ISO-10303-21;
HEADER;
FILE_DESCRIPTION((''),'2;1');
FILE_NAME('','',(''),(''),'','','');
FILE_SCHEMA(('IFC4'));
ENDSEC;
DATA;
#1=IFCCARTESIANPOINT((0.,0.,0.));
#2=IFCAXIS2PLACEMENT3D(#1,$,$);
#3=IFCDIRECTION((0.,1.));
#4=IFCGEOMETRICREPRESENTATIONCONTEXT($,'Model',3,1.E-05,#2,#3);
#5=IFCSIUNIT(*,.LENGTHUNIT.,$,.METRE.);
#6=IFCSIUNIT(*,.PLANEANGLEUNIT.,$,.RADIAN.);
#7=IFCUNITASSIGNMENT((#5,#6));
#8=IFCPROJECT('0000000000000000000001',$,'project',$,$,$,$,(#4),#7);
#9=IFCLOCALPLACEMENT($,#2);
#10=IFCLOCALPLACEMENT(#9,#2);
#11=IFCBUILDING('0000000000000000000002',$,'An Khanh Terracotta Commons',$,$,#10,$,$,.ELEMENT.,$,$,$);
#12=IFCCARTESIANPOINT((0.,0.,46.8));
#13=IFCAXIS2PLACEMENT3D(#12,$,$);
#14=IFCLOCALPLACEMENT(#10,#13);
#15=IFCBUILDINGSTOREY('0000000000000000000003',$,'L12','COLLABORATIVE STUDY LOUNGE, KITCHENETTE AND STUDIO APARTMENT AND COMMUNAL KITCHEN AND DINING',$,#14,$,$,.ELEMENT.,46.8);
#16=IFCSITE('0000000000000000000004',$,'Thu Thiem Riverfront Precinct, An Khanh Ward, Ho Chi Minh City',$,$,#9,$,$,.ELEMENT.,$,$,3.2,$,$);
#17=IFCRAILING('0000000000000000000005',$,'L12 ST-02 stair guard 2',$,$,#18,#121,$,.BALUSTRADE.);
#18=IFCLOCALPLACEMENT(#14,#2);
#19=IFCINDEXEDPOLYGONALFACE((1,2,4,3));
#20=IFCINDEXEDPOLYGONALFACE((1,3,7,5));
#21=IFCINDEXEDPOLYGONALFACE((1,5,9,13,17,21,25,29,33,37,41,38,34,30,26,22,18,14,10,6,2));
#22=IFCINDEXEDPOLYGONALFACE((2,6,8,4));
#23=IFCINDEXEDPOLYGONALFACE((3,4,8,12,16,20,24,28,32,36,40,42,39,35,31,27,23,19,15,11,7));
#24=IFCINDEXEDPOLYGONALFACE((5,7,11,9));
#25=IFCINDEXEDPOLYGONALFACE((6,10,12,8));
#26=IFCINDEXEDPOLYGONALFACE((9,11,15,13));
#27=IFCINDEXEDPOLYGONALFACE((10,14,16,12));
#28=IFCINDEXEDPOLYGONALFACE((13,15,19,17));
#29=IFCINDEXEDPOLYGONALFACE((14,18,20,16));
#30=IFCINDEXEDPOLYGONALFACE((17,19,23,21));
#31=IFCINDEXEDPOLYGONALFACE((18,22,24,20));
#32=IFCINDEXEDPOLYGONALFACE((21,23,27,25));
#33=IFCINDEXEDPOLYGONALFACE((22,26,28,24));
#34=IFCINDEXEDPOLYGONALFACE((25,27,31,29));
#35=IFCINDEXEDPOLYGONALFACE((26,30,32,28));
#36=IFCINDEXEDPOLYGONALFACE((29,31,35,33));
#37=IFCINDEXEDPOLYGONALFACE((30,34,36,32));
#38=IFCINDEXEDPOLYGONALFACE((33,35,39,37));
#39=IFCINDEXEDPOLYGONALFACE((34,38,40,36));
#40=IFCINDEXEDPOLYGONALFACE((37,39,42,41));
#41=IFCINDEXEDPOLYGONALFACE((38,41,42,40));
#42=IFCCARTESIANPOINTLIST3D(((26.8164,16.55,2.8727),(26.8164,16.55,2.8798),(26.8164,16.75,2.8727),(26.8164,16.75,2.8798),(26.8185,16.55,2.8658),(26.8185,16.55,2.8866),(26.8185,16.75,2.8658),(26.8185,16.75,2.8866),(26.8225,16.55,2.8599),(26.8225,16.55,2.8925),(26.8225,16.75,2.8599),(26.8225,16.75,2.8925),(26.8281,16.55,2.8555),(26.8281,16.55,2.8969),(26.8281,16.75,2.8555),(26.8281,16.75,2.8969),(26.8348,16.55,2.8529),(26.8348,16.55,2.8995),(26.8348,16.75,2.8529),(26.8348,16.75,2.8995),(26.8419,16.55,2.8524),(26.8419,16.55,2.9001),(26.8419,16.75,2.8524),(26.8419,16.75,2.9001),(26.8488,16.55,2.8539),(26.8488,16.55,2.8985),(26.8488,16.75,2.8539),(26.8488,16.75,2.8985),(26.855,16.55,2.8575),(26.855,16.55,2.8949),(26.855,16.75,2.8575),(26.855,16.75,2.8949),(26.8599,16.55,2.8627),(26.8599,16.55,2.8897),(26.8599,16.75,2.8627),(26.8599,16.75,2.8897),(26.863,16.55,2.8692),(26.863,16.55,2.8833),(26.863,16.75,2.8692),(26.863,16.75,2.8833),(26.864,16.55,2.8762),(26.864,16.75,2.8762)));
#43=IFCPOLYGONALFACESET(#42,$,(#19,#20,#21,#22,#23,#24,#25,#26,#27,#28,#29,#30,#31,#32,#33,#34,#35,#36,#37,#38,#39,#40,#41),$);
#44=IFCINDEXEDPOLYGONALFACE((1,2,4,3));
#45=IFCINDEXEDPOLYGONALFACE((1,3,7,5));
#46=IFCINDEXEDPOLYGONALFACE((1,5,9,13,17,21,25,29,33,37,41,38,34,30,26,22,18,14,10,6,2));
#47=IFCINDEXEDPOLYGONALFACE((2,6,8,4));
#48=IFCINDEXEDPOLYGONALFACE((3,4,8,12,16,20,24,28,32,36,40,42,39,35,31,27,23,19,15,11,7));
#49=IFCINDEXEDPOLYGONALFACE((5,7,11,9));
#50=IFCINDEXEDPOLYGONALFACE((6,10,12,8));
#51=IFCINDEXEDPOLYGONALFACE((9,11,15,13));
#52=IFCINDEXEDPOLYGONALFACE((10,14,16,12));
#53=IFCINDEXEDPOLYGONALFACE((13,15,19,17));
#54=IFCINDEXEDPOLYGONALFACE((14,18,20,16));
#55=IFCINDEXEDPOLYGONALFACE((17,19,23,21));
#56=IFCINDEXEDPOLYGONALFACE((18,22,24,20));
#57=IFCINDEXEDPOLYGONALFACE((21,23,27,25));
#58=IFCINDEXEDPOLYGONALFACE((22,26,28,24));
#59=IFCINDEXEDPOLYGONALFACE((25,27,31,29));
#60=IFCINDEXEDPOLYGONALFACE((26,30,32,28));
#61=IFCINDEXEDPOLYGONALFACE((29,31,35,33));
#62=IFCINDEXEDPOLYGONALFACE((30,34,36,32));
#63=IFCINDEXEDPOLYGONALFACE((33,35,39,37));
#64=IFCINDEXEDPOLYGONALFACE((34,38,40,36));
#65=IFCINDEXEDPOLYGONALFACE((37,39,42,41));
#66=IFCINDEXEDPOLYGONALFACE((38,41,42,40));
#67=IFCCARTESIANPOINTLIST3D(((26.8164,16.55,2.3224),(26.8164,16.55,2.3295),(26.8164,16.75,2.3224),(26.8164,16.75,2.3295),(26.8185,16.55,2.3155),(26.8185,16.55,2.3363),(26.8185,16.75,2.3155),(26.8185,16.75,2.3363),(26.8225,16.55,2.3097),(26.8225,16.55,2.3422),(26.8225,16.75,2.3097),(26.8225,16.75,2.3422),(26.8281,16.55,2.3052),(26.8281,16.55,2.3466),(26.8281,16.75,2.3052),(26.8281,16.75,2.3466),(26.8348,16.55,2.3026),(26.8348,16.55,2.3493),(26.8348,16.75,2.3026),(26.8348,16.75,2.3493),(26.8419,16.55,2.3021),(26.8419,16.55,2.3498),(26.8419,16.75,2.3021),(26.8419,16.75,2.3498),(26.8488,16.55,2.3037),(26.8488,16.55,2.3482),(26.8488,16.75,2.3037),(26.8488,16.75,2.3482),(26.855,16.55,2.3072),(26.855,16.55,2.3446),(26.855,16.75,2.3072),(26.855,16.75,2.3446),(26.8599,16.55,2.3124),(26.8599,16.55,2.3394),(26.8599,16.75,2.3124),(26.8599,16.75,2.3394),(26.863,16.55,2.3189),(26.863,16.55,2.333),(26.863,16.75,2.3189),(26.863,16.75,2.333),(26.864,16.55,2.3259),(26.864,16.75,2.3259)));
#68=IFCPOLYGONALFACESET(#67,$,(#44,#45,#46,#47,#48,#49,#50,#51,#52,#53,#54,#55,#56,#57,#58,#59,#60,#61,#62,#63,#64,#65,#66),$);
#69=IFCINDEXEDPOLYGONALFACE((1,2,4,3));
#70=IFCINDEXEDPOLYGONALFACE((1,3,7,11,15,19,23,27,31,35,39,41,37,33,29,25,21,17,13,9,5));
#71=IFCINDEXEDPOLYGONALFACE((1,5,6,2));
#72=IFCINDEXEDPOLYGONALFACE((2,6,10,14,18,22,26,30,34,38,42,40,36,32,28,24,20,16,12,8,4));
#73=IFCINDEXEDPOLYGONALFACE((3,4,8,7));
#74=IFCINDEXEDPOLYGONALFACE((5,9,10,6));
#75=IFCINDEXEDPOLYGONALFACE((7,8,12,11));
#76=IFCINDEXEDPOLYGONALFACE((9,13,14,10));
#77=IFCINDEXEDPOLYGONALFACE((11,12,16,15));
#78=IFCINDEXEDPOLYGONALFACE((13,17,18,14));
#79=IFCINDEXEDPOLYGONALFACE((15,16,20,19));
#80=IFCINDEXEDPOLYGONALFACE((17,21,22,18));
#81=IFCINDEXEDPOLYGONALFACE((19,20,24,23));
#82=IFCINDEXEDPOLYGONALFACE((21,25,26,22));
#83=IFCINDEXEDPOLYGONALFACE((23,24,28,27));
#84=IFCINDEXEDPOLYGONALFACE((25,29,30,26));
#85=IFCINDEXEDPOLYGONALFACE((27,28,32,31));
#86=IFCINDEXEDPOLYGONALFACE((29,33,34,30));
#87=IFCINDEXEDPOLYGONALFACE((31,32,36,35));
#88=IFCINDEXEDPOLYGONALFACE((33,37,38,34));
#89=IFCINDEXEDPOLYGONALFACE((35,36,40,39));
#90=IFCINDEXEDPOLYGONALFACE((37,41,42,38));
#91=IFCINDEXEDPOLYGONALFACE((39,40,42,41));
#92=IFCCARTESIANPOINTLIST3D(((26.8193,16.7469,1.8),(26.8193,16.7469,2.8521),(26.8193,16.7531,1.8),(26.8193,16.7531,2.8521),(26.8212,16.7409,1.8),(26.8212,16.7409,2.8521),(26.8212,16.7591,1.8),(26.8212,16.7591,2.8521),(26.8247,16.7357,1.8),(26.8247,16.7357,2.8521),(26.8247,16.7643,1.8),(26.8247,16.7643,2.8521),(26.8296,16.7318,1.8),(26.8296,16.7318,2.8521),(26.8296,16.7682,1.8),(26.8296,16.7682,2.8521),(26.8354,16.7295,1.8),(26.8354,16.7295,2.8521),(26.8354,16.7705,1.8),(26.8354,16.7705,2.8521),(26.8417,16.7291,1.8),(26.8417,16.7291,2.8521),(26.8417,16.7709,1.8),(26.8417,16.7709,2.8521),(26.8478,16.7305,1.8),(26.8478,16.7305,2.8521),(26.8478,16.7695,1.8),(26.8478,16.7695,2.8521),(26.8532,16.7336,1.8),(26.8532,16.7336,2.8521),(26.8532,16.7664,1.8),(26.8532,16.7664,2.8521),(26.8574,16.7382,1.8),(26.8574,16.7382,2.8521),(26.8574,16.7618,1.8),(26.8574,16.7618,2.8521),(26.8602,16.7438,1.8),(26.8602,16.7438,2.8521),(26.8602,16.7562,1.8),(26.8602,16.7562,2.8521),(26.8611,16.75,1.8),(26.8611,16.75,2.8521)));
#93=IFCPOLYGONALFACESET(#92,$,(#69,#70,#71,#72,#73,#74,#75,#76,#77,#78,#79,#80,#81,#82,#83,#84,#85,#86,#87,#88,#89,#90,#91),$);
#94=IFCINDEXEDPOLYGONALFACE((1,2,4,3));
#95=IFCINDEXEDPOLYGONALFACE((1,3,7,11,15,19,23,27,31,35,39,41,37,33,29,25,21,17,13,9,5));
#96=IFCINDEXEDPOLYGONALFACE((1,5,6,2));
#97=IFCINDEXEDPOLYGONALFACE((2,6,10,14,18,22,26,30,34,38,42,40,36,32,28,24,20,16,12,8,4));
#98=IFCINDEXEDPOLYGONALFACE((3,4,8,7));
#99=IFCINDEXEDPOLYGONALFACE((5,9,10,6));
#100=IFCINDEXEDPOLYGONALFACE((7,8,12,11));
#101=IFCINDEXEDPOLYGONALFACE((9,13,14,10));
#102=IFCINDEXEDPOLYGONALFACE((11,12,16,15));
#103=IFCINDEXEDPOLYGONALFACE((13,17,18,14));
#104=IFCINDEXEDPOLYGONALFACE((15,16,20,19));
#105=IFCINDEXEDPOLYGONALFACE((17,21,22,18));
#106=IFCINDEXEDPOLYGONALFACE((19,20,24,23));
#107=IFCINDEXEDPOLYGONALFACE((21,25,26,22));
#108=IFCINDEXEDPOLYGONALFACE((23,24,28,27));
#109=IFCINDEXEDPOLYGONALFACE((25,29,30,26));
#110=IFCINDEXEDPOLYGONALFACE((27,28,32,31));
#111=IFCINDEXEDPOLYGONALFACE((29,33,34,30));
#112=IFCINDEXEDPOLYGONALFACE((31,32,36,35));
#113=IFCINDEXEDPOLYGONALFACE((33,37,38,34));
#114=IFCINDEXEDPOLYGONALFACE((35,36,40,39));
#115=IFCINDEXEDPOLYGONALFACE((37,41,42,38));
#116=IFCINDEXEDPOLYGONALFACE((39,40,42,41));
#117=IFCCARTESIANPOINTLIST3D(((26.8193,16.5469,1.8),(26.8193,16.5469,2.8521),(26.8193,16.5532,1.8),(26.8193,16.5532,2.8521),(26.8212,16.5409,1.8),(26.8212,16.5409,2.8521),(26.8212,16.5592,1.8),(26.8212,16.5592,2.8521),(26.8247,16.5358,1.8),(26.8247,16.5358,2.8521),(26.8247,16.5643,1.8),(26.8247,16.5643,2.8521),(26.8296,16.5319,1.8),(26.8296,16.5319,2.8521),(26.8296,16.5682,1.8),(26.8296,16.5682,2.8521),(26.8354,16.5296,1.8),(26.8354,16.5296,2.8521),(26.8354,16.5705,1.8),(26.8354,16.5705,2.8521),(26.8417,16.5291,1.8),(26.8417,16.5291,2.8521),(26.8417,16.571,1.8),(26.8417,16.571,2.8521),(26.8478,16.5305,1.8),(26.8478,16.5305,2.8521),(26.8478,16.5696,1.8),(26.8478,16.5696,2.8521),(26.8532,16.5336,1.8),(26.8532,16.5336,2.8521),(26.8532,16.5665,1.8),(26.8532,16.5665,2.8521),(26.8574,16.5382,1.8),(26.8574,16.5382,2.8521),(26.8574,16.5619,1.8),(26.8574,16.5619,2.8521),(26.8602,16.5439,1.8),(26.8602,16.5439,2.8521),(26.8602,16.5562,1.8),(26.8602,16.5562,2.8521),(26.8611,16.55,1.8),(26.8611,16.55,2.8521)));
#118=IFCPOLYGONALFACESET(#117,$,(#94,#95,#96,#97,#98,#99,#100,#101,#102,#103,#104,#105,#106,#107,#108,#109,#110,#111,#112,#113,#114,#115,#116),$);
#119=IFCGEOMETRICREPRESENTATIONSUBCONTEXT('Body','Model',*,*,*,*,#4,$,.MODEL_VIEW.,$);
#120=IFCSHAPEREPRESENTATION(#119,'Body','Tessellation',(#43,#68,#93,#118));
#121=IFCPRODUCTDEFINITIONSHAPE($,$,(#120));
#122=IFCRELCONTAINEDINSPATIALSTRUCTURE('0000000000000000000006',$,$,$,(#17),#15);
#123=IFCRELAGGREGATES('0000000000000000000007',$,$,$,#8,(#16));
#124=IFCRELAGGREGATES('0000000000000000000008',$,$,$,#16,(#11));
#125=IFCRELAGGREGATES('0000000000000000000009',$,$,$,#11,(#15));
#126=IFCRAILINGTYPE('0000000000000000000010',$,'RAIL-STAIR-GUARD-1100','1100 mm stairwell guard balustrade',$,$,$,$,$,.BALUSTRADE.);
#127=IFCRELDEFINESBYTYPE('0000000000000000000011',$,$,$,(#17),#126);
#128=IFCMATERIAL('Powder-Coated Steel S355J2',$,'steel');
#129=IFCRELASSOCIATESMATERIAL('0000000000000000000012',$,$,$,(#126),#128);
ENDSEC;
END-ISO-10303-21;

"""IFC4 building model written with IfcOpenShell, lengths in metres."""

from ifc_helpers import new_model, si_unit, direction, frame, origin, origin_2d, place, context, subcontext, project, spatial, circle, extrude, material, type_object, element, save


model = new_model("IFC4")

# Units and contexts
model_context = context("Model", 3, precision=1e-05, world=origin(), true_north=direction((0.0, 1.0)))
body_context = subcontext(model_context, "Body", "Model", "MODEL_VIEW")
ifc_project = project(units=[si_unit("LENGTHUNIT", "METRE"), si_unit("PLANEANGLEUNIT", "RADIAN")], contexts=[model_context])

# Site, building, storey
site_placement = place(None, origin())
site = spatial("IfcSite", under=ifc_project, at=site_placement, Name="Thu Thiem Riverfront Precinct, An Khanh Ward, Ho Chi Minh City", CompositionType="ELEMENT", RefElevation=3.2)
building_placement = place(site_placement, origin())
building = spatial("IfcBuilding", under=site, at=building_placement, Name="An Khanh Terracotta Commons", CompositionType="ELEMENT")
storey_placement = place(building_placement, frame((0.0, 0.0, 46.8)))
storey = spatial("IfcBuildingStorey", under=building, at=storey_placement, Name="L12", Description="COLLABORATIVE STUDY LOUNGE, KITCHENETTE AND STUDIO APARTMENT AND COMMUNAL KITCHEN AND DINING", CompositionType="ELEMENT", Elevation=46.8)

# Railing
ifc_material_1 = material(Name="Powder-Coated Steel S355J2", Category="steel")
railing_type_1 = type_object("IfcRailingType", Name="RAIL-STAIR-GUARD-1100", Description="1100 mm stairwell guard balustrade", PredefinedType="BALUSTRADE", material=ifc_material_1)
railing_1_placement = place(storey_placement, frame((26.8401, 16.75, 1.8)))
element("IfcRailing", 1, at=railing_1_placement, inside=storey, type_object=railing_type_1, Name="L12 ST-02 stair guard 2", PredefinedType="BALUSTRADE", context=body_context, shape_type="SweptSolid", body=[
    extrude(circle(Radius=0.0239, at=origin_2d()), frame((0.0, 0.0, 1.0762), z_axis=(0.0, -1.0, 0.0), x_axis=(1.0, 0.0, 0.0)), (0.0, 0.0, 1.0), 0.2),
    extrude(circle(Radius=0.0239, at=origin_2d()), frame((0.0, 0.0, 0.5259), z_axis=(0.0, -1.0, 0.0), x_axis=(1.0, 0.0, 0.0)), (0.0, 0.0, 1.0), 0.2),
    extrude(circle(Radius=0.021, at=origin_2d()), origin(), (0.0, 0.0, 1.0), 1.052),
    extrude(circle(Radius=0.021, at=origin_2d()), frame((0.0, -0.2, 0.0)), (0.0, 0.0, 1.0), 1.052),
])

save(model, "model.ifc")
